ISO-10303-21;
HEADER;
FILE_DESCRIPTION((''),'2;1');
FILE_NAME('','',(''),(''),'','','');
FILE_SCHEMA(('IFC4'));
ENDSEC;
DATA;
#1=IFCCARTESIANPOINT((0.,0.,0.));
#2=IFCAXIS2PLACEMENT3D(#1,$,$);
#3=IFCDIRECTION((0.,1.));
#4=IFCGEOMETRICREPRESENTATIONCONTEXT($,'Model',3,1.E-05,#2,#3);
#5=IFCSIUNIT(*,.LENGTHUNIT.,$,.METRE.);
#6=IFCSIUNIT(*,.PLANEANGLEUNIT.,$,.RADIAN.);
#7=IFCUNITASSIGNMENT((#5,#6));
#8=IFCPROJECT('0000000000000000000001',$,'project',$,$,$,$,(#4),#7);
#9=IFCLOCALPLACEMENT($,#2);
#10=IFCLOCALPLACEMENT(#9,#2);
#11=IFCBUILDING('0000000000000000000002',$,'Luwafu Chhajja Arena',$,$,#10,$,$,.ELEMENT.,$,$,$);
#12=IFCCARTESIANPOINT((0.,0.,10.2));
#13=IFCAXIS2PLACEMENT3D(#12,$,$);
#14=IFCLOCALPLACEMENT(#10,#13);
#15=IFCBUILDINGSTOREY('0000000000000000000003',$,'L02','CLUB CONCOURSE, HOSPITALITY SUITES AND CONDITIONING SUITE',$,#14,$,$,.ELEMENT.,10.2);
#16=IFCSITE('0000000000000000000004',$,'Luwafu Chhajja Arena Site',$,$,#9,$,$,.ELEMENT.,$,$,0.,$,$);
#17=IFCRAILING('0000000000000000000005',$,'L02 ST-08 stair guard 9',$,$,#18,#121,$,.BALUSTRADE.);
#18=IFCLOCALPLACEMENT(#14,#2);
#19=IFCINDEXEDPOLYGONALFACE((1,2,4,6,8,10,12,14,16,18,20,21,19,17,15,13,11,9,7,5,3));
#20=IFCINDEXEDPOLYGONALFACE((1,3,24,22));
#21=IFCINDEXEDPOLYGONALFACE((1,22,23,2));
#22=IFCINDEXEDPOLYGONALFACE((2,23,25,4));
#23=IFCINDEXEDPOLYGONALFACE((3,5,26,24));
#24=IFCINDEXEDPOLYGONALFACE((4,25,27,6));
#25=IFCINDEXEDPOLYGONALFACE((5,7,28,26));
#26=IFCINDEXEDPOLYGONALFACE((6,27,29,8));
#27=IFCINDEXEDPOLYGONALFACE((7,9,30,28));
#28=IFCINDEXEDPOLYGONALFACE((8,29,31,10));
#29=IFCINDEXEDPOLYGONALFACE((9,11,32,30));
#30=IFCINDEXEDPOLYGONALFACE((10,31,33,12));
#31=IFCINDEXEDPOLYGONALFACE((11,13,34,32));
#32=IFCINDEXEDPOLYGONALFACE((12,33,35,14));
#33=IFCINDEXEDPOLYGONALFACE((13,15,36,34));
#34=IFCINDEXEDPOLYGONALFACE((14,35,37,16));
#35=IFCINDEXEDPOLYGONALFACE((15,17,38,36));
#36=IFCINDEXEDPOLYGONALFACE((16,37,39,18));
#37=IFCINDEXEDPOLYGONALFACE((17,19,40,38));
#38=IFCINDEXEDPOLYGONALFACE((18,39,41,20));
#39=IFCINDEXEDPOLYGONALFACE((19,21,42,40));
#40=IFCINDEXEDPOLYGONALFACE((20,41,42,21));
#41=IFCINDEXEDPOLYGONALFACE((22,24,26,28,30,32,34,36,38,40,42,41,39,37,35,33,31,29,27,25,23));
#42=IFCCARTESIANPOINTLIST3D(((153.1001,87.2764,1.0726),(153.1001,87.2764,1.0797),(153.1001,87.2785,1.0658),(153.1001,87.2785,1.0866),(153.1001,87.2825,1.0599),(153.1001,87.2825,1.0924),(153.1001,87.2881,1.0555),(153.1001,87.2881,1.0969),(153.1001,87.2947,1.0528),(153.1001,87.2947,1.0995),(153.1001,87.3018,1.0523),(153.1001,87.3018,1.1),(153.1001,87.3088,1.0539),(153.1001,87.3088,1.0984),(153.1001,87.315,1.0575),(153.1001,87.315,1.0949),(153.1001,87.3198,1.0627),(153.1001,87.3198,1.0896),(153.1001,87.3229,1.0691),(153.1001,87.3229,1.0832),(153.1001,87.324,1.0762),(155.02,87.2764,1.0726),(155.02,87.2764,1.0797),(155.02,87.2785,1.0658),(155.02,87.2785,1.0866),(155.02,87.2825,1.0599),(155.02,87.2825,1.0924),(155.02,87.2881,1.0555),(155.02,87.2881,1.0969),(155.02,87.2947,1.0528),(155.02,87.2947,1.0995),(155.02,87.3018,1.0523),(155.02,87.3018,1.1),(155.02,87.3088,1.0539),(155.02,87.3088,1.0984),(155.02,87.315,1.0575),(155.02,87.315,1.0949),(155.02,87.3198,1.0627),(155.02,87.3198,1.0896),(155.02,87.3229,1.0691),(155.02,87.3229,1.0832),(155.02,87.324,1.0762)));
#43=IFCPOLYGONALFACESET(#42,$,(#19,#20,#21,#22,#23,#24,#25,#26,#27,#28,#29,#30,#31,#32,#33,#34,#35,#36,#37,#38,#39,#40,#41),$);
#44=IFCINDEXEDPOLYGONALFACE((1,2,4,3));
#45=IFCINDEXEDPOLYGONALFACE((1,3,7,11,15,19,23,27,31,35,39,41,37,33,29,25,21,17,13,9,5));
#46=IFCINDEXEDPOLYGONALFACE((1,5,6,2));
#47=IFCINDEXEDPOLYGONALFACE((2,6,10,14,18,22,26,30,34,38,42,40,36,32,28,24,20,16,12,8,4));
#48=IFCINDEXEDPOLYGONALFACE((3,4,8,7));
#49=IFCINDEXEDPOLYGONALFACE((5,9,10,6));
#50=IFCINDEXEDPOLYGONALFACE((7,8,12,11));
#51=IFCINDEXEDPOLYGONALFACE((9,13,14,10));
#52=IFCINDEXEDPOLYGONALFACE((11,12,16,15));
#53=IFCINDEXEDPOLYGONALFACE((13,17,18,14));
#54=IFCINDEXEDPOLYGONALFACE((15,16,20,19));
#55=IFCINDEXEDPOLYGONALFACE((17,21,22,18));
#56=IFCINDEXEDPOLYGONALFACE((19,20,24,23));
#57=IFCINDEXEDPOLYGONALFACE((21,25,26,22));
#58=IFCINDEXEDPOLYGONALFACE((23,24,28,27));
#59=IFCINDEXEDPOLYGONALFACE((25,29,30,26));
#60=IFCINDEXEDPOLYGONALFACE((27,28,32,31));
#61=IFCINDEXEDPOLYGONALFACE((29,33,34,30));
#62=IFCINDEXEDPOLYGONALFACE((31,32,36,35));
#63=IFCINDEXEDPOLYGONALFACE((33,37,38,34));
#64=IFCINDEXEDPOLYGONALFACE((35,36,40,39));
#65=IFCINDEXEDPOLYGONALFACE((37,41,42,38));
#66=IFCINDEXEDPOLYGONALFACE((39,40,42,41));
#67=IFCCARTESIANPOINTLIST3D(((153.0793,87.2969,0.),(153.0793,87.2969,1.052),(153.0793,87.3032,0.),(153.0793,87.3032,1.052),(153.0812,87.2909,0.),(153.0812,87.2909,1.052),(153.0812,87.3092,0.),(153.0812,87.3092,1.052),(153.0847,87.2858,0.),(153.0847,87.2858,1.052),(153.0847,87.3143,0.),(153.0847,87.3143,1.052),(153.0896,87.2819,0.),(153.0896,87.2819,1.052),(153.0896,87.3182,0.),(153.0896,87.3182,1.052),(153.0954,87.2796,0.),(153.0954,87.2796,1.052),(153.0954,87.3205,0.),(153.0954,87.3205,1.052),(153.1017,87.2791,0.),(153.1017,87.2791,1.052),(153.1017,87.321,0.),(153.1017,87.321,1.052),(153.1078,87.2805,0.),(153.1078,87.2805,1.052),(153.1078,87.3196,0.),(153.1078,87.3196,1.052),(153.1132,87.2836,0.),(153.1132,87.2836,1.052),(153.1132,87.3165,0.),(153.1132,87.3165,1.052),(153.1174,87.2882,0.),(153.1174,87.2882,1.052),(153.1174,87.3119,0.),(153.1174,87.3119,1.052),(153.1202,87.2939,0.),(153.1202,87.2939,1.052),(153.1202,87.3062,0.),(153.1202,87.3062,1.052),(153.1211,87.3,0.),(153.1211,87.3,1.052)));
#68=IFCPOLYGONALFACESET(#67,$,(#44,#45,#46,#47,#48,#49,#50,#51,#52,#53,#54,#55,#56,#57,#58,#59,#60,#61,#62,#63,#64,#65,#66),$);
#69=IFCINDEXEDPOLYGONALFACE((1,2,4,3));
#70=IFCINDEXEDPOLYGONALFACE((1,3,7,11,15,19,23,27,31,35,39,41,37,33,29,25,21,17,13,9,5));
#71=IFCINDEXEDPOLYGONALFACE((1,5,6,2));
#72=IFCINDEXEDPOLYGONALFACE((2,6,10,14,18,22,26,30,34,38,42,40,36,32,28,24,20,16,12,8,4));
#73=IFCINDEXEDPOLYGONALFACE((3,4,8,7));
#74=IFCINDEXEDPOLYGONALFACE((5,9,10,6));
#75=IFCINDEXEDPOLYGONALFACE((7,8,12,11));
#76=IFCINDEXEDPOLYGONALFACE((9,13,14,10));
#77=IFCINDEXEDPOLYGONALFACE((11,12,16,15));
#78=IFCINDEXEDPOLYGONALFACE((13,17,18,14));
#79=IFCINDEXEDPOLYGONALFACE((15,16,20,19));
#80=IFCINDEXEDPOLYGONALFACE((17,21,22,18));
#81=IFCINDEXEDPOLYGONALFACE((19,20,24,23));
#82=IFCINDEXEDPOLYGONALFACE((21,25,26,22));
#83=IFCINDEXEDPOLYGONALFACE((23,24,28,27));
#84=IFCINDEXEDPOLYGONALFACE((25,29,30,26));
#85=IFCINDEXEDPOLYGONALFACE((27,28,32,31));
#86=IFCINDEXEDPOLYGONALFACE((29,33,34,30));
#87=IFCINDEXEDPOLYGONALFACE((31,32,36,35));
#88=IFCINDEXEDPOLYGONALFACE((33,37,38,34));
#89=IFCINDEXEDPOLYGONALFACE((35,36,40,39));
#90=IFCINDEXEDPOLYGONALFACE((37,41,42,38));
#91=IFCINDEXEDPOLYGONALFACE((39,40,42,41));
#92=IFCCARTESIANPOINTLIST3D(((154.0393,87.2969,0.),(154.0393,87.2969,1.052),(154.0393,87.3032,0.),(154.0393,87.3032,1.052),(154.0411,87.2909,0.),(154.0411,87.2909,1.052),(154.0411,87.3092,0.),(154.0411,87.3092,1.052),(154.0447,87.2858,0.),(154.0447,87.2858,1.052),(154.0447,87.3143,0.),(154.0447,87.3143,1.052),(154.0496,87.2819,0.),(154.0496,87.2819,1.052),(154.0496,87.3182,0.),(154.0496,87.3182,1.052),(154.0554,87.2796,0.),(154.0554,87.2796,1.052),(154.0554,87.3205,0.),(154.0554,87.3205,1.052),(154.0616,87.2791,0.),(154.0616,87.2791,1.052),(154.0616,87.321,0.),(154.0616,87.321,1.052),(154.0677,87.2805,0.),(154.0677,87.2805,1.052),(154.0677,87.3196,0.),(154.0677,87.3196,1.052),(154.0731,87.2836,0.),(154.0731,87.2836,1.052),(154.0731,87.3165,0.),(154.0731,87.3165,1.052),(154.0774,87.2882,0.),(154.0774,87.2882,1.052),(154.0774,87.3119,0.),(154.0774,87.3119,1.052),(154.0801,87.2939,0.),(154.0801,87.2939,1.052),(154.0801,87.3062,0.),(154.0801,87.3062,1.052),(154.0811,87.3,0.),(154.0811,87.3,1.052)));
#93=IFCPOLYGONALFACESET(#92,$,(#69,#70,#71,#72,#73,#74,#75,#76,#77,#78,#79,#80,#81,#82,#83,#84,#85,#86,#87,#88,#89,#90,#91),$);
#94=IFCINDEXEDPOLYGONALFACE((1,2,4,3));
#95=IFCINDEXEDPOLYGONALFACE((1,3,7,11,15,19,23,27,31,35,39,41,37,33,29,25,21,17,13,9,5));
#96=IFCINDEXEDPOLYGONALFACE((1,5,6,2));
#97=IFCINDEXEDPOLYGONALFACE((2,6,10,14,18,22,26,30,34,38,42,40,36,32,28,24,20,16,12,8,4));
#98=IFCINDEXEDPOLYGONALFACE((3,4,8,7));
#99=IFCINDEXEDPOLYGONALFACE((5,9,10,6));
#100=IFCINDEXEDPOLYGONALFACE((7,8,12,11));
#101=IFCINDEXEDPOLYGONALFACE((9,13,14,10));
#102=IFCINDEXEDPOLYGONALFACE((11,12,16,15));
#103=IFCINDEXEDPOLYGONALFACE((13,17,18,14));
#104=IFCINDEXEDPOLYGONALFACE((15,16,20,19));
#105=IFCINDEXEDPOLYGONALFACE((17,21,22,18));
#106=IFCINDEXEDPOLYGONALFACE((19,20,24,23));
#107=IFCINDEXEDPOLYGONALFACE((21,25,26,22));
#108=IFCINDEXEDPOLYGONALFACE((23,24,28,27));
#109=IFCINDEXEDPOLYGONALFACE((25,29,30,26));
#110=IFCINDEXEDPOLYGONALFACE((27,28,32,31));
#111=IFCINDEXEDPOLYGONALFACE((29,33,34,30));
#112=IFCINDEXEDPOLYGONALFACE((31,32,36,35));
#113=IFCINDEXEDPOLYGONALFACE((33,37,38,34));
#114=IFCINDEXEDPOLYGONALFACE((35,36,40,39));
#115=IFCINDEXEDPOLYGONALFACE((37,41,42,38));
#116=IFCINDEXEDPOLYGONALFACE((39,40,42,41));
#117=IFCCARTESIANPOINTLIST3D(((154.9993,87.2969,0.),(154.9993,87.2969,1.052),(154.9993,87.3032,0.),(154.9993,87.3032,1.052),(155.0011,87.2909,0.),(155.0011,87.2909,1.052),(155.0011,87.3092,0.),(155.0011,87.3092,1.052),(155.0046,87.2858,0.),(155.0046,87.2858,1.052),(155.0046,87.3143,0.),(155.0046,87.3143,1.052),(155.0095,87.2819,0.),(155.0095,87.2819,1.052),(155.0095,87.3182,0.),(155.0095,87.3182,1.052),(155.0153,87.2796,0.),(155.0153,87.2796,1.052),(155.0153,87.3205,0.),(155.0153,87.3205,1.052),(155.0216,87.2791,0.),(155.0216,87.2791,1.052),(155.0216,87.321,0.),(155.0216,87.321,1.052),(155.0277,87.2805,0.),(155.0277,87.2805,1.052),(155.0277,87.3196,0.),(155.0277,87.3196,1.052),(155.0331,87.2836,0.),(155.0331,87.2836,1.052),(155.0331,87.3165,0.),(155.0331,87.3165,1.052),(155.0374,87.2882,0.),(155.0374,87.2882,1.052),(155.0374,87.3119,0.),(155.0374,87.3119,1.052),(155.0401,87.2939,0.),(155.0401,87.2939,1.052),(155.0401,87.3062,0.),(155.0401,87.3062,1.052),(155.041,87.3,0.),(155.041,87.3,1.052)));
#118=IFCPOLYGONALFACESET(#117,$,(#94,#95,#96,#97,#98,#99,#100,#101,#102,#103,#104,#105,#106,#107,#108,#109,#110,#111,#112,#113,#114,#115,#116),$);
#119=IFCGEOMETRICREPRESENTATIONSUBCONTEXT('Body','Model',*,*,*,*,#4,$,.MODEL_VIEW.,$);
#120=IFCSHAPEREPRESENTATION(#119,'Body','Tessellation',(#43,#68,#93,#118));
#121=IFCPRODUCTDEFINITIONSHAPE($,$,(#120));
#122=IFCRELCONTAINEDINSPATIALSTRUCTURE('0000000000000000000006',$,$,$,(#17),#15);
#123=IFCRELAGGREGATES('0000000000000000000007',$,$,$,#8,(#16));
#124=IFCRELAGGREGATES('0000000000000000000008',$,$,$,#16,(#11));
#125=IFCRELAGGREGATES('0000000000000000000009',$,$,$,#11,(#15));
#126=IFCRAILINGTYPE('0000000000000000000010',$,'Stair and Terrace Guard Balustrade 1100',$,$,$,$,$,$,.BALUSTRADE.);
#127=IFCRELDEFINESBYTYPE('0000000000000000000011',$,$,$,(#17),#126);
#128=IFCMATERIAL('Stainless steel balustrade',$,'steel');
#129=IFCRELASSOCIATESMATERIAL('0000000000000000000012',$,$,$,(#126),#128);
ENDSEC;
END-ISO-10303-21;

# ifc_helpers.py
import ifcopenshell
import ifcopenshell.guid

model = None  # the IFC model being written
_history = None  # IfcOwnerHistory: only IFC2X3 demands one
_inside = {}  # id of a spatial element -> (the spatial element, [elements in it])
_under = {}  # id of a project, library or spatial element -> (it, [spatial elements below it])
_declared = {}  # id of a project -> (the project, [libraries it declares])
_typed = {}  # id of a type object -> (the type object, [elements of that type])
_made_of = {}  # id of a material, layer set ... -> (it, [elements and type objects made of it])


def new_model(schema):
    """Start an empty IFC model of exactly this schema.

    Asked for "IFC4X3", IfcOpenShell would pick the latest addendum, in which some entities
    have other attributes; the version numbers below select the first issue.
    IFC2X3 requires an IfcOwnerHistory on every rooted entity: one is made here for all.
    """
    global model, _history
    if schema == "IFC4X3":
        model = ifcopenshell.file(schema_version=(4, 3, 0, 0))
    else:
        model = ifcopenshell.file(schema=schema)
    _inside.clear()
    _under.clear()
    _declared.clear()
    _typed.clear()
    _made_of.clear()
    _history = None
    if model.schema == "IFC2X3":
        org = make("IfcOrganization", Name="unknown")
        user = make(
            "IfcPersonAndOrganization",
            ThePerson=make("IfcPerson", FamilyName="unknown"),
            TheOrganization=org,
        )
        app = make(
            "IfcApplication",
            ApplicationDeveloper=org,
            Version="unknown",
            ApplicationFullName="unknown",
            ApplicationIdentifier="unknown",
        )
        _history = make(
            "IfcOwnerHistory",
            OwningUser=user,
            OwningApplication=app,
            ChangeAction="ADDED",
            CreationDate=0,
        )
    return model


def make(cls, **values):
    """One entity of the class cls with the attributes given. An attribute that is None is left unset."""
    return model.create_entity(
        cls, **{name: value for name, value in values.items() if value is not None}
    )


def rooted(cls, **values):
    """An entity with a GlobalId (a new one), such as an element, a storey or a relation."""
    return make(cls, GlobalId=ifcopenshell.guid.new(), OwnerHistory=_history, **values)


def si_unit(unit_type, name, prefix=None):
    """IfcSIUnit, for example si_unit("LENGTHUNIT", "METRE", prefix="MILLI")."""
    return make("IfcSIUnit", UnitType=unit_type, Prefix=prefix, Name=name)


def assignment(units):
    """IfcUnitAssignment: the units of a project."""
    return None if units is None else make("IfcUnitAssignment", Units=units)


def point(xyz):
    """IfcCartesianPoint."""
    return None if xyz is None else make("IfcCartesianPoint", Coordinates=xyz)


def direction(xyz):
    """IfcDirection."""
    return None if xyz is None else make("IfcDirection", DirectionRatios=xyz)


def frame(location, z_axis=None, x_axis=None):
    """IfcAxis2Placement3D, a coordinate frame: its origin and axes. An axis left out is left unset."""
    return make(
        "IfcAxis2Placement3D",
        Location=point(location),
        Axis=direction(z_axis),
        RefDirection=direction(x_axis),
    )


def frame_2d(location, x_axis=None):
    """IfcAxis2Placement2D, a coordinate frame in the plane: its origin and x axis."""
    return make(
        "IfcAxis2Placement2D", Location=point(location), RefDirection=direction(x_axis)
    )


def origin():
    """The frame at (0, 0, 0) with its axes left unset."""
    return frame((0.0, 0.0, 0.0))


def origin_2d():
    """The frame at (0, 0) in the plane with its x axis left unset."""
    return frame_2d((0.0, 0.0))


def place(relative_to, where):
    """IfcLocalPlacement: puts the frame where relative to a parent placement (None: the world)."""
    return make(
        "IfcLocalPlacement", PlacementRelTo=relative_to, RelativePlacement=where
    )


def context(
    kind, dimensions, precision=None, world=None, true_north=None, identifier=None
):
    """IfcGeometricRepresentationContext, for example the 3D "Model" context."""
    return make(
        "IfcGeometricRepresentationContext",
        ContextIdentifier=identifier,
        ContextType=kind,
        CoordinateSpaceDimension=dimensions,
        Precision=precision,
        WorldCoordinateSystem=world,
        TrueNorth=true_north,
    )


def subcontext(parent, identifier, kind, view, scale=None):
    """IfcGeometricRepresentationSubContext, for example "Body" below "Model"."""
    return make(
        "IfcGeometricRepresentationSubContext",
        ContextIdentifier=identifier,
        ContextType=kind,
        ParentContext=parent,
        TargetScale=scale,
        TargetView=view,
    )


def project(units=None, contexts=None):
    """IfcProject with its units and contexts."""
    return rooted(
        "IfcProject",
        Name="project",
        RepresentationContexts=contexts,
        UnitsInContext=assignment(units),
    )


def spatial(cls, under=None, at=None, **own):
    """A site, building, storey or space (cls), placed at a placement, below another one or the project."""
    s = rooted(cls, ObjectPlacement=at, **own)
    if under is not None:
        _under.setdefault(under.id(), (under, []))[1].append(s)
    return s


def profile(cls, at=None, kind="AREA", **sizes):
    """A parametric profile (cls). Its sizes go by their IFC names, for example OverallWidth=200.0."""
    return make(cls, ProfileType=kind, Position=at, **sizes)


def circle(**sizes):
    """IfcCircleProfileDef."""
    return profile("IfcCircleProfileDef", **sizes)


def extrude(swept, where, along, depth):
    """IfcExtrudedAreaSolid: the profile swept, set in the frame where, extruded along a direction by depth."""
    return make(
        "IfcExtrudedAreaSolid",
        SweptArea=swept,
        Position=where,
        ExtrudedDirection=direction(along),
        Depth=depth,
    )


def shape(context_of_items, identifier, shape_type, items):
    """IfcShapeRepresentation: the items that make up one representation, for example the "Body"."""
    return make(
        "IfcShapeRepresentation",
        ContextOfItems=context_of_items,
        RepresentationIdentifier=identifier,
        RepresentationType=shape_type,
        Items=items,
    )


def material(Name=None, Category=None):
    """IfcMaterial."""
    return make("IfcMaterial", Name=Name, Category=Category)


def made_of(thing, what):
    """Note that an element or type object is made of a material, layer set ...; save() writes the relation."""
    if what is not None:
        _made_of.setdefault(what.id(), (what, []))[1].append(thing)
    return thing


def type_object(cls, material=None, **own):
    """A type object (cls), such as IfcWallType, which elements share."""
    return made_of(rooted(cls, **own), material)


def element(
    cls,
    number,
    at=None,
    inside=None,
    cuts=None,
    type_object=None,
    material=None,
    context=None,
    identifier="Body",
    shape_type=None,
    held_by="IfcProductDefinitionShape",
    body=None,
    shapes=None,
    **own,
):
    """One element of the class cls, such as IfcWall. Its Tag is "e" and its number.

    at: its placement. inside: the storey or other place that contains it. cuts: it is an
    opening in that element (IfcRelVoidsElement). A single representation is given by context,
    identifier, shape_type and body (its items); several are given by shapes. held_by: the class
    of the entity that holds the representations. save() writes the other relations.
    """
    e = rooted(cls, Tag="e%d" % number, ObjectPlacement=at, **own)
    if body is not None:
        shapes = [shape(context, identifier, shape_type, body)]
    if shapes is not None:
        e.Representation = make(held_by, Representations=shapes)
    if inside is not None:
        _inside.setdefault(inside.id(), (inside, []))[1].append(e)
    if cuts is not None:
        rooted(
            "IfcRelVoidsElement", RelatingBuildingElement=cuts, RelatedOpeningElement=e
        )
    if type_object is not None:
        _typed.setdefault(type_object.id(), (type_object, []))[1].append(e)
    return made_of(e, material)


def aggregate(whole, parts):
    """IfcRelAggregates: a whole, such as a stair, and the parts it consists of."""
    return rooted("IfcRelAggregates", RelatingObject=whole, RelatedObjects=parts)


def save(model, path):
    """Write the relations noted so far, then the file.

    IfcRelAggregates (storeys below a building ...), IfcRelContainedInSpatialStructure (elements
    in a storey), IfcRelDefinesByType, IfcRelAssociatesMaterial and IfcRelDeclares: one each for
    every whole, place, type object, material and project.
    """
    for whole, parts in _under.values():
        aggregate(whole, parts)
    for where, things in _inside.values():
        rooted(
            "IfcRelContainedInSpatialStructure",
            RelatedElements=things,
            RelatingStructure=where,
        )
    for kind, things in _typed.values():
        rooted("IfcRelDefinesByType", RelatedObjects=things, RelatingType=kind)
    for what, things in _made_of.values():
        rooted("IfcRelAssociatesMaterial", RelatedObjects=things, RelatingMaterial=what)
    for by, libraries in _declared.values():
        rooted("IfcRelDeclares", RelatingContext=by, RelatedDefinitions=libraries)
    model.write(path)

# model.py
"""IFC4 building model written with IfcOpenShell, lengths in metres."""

from ifc_helpers import new_model, si_unit, direction, frame, origin, origin_2d, place, context, subcontext, project, spatial, circle, extrude, material, type_object, element, save


model = new_model("IFC4")

# Units and contexts
model_context = context("Model", 3, precision=1e-05, world=origin(), true_north=direction((0.0, 1.0)))
body_context = subcontext(model_context, "Body", "Model", "MODEL_VIEW")
ifc_project = project(units=[si_unit("LENGTHUNIT", "METRE"), si_unit("PLANEANGLEUNIT", "RADIAN")], contexts=[model_context])

# Site, building, storey
site_placement = place(None, origin())
site = spatial("IfcSite", under=ifc_project, at=site_placement, Name="Luwafu Chhajja Arena Site", CompositionType="ELEMENT", RefElevation=0.0)
building_placement = place(site_placement, origin())
building = spatial("IfcBuilding", under=site, at=building_placement, Name="Luwafu Chhajja Arena", CompositionType="ELEMENT")
storey_placement = place(building_placement, frame((0.0, 0.0, 10.2)))
storey = spatial("IfcBuildingStorey", under=building, at=storey_placement, Name="L02", Description="CLUB CONCOURSE, HOSPITALITY SUITES AND CONDITIONING SUITE", CompositionType="ELEMENT", Elevation=10.2)

# Railing
ifc_material_1 = material(Name="Stainless steel balustrade", Category="steel")
railing_type_1 = type_object("IfcRailingType", Name="Stair and Terrace Guard Balustrade 1100", PredefinedType="BALUSTRADE", material=ifc_material_1)
for number, where, name in (
    (1, (153.1001, 87.3, 0.0), "L02 ST-08 stair guard 9"),
):
    element("IfcRailing", number, at=place(storey_placement, frame(where)), inside=storey, type_object=railing_type_1, Name=name, PredefinedType="BALUSTRADE", context=body_context, shape_type="SweptSolid", body=[
        extrude(circle(Radius=0.0239, at=origin_2d()), frame((0.0, 0.0, 1.0762), z_axis=(1.0, 0.0, 0.0), x_axis=(0.0, 1.0, 0.0)), (0.0, 0.0, 1.0), 1.9199),
        extrude(circle(Radius=0.021, at=origin_2d()), origin(), (0.0, 0.0, 1.0), 1.052),
        extrude(circle(Radius=0.021, at=origin_2d()), frame((0.96, 0.0, 0.0)), (0.0, 0.0, 1.0), 1.052),
        extrude(circle(Radius=0.021, at=origin_2d()), frame((1.9199, 0.0, 0.0)), (0.0, 0.0, 1.0), 1.052),
    ])

save(model, "model.ifc")
